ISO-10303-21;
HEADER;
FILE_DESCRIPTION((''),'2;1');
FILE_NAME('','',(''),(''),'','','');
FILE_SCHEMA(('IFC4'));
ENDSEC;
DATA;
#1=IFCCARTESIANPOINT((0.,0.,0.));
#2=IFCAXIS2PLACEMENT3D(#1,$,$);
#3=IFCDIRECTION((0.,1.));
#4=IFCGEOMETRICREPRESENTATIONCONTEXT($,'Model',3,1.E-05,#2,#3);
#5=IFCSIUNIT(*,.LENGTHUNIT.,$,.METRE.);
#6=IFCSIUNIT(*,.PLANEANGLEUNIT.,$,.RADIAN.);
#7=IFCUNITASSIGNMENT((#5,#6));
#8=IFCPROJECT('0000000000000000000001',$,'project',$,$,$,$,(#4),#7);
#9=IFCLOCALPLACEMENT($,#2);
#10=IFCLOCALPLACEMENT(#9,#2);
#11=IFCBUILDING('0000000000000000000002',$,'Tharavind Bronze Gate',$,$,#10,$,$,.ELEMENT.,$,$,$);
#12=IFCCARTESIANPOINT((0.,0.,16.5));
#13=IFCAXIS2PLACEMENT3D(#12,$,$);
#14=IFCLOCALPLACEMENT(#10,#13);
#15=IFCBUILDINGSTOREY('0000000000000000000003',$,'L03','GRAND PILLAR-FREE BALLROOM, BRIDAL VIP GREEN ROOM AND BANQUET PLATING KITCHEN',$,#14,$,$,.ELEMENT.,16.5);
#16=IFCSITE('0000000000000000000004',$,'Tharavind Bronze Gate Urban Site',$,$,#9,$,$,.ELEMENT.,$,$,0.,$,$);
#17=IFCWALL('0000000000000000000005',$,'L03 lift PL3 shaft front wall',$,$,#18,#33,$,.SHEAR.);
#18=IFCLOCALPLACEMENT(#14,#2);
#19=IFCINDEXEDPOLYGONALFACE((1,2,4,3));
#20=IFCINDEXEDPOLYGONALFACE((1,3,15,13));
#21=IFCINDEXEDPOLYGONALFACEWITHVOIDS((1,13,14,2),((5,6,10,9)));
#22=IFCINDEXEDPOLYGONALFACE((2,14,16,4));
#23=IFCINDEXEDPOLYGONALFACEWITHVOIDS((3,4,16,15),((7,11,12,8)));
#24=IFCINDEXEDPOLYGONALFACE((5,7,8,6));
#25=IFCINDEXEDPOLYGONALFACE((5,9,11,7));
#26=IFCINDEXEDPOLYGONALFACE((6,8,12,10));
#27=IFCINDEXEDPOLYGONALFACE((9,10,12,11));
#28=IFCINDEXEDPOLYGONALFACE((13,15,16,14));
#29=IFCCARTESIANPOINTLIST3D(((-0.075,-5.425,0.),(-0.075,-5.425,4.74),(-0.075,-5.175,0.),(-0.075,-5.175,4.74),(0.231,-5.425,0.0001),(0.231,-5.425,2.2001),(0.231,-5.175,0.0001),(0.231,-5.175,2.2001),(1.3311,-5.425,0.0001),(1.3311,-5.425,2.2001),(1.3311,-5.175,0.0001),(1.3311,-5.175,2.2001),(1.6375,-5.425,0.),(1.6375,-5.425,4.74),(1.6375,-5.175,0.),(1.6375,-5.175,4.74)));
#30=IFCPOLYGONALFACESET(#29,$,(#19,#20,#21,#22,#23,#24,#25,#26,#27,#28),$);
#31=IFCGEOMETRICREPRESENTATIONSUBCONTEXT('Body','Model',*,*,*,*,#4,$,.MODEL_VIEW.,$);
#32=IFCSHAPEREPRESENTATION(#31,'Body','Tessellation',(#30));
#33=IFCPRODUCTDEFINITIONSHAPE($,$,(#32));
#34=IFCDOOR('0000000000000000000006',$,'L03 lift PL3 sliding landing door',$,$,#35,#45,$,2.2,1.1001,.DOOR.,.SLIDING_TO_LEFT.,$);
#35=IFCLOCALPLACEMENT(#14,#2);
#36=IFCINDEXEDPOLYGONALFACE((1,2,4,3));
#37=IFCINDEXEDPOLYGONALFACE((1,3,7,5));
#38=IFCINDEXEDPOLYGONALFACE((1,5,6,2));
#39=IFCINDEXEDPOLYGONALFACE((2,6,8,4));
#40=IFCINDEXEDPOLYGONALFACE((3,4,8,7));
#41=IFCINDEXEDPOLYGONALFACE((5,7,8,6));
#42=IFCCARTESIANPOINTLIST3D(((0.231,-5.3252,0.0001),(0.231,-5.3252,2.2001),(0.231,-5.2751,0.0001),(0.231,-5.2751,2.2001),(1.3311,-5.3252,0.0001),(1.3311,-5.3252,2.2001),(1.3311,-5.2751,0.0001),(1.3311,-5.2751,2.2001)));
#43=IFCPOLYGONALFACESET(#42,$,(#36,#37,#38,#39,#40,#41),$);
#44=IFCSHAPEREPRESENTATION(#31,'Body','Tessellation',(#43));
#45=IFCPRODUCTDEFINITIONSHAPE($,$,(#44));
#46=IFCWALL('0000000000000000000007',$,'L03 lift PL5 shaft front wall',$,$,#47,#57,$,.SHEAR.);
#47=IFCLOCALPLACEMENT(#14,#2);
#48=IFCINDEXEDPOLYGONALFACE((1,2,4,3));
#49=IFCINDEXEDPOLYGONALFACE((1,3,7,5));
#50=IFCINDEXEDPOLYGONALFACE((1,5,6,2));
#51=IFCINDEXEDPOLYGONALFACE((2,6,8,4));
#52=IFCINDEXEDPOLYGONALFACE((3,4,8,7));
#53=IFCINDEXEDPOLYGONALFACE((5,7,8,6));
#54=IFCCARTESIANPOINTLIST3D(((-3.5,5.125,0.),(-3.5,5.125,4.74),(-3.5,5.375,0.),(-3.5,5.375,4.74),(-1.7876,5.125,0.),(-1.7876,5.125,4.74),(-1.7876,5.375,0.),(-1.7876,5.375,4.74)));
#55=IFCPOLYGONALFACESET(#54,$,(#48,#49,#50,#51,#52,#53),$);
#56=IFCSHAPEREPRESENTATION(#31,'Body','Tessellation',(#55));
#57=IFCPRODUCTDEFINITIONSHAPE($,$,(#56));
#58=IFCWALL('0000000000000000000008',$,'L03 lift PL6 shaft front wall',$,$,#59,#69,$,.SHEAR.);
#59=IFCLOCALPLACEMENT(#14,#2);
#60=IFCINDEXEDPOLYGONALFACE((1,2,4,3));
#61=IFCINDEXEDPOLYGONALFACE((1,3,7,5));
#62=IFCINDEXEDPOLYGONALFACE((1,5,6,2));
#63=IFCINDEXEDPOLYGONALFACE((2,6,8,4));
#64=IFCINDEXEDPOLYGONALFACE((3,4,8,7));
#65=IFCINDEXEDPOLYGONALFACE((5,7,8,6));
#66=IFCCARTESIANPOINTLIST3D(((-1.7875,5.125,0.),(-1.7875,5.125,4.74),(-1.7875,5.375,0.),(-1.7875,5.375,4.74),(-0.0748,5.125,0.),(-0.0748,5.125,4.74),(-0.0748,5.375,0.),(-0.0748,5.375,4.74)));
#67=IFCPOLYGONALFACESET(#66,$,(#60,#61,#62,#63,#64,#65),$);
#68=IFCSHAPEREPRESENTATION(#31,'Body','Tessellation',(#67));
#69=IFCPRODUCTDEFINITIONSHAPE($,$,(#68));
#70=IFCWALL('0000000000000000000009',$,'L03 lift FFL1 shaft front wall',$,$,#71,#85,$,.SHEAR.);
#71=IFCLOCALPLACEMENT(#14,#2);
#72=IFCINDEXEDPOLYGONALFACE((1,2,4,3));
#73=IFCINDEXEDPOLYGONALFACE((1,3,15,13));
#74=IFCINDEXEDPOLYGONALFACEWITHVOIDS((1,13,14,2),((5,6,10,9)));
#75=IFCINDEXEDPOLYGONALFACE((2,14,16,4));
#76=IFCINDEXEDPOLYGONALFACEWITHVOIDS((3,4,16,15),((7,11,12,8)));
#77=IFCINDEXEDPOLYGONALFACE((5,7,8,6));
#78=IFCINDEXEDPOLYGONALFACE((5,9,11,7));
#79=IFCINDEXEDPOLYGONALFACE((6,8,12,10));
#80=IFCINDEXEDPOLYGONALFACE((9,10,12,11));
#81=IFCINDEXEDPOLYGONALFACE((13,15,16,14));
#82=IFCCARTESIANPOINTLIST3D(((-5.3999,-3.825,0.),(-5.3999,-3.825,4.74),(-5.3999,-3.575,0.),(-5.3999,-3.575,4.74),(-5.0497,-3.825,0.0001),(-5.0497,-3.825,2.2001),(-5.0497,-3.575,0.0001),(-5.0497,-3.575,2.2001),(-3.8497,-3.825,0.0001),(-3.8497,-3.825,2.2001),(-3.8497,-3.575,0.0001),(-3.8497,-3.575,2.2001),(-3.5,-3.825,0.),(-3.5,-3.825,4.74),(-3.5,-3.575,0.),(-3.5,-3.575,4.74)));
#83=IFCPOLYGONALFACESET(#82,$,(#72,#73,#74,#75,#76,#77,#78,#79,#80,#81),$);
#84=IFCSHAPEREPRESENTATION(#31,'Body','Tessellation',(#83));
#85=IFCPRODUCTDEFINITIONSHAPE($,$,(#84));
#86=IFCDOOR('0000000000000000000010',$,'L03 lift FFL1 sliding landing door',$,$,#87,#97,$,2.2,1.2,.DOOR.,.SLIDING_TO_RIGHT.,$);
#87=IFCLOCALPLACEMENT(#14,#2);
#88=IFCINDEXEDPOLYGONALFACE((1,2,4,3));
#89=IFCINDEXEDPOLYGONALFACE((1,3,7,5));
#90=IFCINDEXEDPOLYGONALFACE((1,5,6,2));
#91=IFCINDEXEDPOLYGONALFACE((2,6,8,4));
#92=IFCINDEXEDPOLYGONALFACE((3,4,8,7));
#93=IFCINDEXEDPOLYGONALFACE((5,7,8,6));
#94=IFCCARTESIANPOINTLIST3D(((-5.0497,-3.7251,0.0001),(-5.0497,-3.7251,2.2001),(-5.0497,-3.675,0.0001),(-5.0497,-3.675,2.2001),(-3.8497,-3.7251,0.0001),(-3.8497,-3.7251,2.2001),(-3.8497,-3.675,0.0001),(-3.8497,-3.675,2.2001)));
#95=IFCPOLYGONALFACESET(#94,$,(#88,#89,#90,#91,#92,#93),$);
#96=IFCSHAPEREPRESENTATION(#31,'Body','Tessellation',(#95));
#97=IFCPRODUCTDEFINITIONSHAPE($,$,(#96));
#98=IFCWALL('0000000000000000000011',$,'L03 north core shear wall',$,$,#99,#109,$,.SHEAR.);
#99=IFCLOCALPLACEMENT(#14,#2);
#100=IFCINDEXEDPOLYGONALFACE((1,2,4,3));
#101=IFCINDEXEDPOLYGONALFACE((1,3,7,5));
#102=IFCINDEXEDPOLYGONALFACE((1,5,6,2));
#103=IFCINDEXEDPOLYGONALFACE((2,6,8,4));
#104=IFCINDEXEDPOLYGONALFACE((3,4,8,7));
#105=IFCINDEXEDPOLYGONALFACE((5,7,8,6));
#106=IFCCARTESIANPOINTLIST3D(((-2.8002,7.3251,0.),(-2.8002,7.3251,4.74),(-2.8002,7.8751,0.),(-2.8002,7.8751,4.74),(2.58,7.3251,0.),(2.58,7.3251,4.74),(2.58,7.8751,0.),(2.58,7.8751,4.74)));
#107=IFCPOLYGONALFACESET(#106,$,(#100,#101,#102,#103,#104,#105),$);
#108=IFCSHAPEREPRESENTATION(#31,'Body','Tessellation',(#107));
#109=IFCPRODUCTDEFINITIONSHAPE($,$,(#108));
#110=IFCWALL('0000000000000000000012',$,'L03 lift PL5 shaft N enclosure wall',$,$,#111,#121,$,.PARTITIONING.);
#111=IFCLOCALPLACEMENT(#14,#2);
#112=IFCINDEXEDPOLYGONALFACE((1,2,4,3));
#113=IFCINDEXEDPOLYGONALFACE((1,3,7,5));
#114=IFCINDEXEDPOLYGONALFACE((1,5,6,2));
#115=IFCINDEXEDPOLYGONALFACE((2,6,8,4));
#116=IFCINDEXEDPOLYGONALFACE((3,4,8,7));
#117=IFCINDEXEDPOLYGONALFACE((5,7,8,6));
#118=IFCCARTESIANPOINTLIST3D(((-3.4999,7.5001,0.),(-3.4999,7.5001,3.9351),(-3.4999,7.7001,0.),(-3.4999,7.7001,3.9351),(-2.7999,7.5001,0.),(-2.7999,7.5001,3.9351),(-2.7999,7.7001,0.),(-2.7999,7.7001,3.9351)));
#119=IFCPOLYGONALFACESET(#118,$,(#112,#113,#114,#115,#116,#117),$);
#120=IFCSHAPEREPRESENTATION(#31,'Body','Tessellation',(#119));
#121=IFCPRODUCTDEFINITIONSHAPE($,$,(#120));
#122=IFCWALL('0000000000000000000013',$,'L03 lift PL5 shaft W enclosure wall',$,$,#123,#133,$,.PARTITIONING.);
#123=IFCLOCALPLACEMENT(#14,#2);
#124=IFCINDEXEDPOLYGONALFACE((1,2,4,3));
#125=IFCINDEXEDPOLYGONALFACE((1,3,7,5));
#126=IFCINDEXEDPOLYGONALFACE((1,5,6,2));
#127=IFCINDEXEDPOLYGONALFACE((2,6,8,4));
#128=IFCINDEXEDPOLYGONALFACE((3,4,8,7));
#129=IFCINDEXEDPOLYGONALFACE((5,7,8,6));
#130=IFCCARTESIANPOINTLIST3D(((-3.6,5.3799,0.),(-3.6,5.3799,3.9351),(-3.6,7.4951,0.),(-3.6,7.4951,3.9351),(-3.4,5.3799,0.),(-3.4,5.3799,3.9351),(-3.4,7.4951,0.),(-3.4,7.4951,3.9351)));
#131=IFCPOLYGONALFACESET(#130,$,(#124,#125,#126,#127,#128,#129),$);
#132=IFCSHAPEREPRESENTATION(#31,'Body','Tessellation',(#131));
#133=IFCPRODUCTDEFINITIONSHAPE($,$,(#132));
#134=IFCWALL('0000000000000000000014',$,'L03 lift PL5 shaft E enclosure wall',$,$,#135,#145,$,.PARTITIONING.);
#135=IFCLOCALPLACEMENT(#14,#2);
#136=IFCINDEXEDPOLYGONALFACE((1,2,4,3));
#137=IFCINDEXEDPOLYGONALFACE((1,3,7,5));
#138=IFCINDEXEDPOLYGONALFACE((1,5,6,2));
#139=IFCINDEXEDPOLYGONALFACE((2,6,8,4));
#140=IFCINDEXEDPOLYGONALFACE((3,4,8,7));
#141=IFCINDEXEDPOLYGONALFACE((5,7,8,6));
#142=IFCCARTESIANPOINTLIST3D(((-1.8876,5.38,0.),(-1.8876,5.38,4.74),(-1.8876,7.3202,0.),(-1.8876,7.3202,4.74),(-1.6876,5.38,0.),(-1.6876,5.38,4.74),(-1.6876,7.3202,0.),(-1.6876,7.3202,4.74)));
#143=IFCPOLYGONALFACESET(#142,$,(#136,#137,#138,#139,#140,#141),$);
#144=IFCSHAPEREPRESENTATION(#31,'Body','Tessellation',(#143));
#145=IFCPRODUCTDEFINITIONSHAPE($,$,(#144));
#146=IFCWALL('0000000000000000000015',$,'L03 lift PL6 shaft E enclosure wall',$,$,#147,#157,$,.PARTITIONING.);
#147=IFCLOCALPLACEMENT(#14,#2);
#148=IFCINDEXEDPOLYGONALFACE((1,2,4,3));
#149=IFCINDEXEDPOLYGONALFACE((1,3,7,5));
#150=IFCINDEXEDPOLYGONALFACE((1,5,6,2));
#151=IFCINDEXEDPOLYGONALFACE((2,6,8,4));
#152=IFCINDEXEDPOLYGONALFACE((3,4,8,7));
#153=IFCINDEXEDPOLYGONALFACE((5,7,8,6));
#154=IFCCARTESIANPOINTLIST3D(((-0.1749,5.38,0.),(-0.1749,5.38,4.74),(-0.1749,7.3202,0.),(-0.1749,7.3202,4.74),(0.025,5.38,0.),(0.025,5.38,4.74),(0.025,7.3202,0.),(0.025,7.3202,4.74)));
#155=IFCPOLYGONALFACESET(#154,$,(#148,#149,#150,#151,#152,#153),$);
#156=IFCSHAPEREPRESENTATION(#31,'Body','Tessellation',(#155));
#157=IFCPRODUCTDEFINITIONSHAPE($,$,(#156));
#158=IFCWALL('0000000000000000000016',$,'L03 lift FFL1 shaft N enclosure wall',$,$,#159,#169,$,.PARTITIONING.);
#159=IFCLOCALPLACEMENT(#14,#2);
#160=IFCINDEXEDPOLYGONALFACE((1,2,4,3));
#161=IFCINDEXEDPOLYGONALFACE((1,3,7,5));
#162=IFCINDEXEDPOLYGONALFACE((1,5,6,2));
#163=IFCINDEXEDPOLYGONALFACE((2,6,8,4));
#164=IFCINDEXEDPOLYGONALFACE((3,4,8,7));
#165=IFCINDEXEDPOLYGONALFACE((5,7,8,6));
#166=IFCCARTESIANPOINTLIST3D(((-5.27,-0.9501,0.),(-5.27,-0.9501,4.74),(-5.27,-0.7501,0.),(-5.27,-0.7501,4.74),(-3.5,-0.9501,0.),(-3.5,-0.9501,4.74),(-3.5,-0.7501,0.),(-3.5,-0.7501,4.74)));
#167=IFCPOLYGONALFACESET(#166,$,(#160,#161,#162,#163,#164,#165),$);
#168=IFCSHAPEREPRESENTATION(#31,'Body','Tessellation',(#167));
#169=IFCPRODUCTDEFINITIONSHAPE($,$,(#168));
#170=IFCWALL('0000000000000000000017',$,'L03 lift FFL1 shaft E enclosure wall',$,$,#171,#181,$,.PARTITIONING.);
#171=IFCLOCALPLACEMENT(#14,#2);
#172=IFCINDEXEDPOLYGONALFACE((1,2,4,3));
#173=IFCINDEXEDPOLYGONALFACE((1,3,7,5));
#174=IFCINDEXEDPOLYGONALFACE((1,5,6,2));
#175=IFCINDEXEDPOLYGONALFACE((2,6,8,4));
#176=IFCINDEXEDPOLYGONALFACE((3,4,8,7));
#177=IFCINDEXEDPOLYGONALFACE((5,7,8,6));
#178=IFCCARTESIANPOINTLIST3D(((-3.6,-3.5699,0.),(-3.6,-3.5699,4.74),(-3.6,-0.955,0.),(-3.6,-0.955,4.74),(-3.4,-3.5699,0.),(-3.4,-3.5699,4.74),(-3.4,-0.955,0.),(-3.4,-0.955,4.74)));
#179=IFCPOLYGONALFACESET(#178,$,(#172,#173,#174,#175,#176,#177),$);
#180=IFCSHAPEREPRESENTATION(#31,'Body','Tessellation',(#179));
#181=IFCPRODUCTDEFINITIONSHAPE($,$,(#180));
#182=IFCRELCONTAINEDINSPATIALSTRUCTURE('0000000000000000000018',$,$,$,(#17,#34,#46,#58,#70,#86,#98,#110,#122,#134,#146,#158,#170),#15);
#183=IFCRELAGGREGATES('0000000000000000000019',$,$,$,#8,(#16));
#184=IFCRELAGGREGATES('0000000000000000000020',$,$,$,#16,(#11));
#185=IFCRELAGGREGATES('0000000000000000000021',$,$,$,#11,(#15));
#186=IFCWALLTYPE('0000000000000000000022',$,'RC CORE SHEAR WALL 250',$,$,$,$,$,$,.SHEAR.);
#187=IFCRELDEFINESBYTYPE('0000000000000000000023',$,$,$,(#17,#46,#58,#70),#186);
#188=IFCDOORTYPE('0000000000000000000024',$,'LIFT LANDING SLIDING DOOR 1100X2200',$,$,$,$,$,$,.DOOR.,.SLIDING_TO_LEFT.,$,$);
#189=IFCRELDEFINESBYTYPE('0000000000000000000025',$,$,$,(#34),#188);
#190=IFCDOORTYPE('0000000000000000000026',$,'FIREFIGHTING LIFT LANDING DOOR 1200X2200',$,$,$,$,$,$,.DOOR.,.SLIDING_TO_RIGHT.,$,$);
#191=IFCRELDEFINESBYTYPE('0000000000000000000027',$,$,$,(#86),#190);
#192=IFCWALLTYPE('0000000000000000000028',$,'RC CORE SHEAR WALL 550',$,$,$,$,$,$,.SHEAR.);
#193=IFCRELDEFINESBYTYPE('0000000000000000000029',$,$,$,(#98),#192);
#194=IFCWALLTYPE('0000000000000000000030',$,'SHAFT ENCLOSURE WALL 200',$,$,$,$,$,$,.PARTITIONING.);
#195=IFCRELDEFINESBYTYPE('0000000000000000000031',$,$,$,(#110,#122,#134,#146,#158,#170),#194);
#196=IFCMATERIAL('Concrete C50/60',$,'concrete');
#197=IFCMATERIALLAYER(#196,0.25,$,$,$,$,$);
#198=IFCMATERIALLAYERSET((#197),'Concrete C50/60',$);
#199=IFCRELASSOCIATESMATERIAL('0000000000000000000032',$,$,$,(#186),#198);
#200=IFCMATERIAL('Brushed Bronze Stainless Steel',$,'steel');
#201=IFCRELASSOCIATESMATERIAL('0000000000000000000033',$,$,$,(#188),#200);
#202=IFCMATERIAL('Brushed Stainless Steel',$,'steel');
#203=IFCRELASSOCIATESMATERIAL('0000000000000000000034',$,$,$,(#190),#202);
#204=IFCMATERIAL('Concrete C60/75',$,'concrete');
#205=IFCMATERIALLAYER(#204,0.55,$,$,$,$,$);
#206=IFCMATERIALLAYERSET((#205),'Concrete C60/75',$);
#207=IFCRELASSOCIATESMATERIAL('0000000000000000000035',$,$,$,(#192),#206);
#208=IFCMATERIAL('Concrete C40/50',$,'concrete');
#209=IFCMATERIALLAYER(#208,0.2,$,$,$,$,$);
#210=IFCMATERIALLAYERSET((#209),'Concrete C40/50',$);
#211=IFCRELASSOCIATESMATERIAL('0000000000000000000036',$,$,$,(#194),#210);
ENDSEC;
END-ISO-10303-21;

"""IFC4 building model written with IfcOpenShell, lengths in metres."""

from ifc_helpers import new_model, si_unit, direction, frame, frame_2d, origin, place, context, subcontext, project, spatial, rectangle, extrude, material, layer, layer_set, type_object, element, fill, save


model = new_model("IFC4")

# Units and contexts
model_context = context("Model", 3, precision=1e-05, world=origin(), true_north=direction((0.0, 1.0)))
body_context = subcontext(model_context, "Body", "Model", "MODEL_VIEW")
ifc_project = project(units=[si_unit("LENGTHUNIT", "METRE"), si_unit("PLANEANGLEUNIT", "RADIAN")], contexts=[model_context])

# Site, building, storey
site_placement = place(None, origin())
site = spatial("IfcSite", under=ifc_project, at=site_placement, Name="Tharavind Bronze Gate Urban Site", CompositionType="ELEMENT", RefElevation=0.0)
building_placement = place(site_placement, origin())
building = spatial("IfcBuilding", under=site, at=building_placement, Name="Tharavind Bronze Gate", CompositionType="ELEMENT")
storey_placement = place(building_placement, frame((0.0, 0.0, 16.5)))
storey = spatial("IfcBuildingStorey", under=building, at=storey_placement, Name="L03", Description="GRAND PILLAR-FREE BALLROOM, BRIDAL VIP GREEN ROOM AND BANQUET PLATING KITCHEN", CompositionType="ELEMENT", Elevation=16.5)

# Shared definitions
ifc_material_1 = material(Name="Concrete C50/60", Category="concrete")
ifc_layer_1 = layer(ifc_material_1, 0.25)
ifc_layer_set_1 = layer_set([ifc_layer_1], Name="Concrete C50/60")
wall_type_1 = type_object("IfcWallType", Name="RC CORE SHEAR WALL 250", PredefinedType="SHEAR", material=ifc_layer_set_1)

# Wall, opening, door
ifc_material_2 = material(Name="Brushed Bronze Stainless Steel", Category="steel")
door_type_1 = type_object("IfcDoorType", Name="LIFT LANDING SLIDING DOOR 1100X2200", OperationType="SLIDING_TO_LEFT", PredefinedType="DOOR", material=ifc_material_2)
wall_1_placement = place(storey_placement, frame((-0.075, -5.3, 0.0), z_axis=(0.0, 0.0, 1.0), x_axis=(1.0, 0.0, 0.0)))
wall_1 = element("IfcWall", 1, at=wall_1_placement, inside=storey, type_object=wall_type_1, Name="L03 lift PL3 shaft front wall", PredefinedType="SHEAR", context=body_context, shape_type="SweptSolid", body=[
    extrude(rectangle(XDim=1.7124, YDim=0.25, at=frame_2d((0.8562, 0.0))), origin(), (0.0, 0.0, 1.0), 4.74),
])
opening_1_placement = place(wall_1_placement, frame((0.3059, 0.0, 0.0)))
opening_1 = element("IfcOpeningElement", 2, at=opening_1_placement, cuts=wall_1, PredefinedType="OPENING", context=body_context, shape_type="SweptSolid", body=[
    extrude(rectangle(XDim=1.1001, YDim=2.2, at=frame_2d((0.55, 1.1001))), frame((0.0, 0.135, 0.0), z_axis=(0.0, -1.0, 0.0), x_axis=(1.0, 0.0, 0.0)), (0.0, 0.0, 1.0), 0.27),
])
door_1_placement = place(opening_1_placement, origin())
door_1 = element("IfcDoor", 3, at=door_1_placement, inside=storey, type_object=door_type_1, Name="L03 lift PL3 sliding landing door", OperationType="SLIDING_TO_LEFT", OverallHeight=2.2, OverallWidth=1.1001, PredefinedType="DOOR", context=body_context, shape_type="SweptSolid", body=[
    extrude(rectangle(XDim=1.1001, YDim=2.2, at=frame_2d((0.55, 1.1001))), frame((0.0, 0.0249, 0.0), z_axis=(0.0, -1.0, 0.0), x_axis=(1.0, 0.0, 0.0)), (0.0, 0.0, 1.0), 0.05),
])
fill(opening_1, door_1)

# Walls
wall_2_placement = place(storey_placement, frame((-3.5, 5.25, 0.0), z_axis=(0.0, 0.0, 1.0), x_axis=(1.0, 0.0, 0.0)))
element("IfcWall", 4, at=wall_2_placement, inside=storey, type_object=wall_type_1, Name="L03 lift PL5 shaft front wall", PredefinedType="SHEAR", context=body_context, shape_type="SweptSolid", body=[
    extrude(rectangle(XDim=1.7124, YDim=0.25, at=frame_2d((0.8562, 0.0))), origin(), (0.0, 0.0, 1.0), 4.74),
])
wall_3_placement = place(storey_placement, frame((-1.7876, 5.25, 0.0), z_axis=(0.0, 0.0, 1.0), x_axis=(1.0, 0.0, 0.0)))
element("IfcWall", 5, at=wall_3_placement, inside=storey, type_object=wall_type_1, Name="L03 lift PL6 shaft front wall", PredefinedType="SHEAR", context=body_context, shape_type="SweptSolid", body=[
    extrude(rectangle(XDim=1.7126, YDim=0.25, at=frame_2d((0.8564, 0.0))), origin(), (0.0, 0.0, 1.0), 4.74),
])

# Wall, opening, door
wall_4_placement = place(storey_placement, frame((-5.3999, -3.7, 0.0), z_axis=(0.0, 0.0, 1.0), x_axis=(1.0, 0.0, 0.0)))
wall_4 = element("IfcWall", 6, at=wall_4_placement, inside=storey, type_object=wall_type_1, Name="L03 lift FFL1 shaft front wall", PredefinedType="SHEAR", context=body_context, shape_type="SweptSolid", body=[
    extrude(rectangle(XDim=1.8999, YDim=0.25, at=frame_2d((0.95, 0.0))), origin(), (0.0, 0.0, 1.0), 4.74),
])
opening_2_placement = place(wall_4_placement, frame((0.3501, 0.0, 0.0)))
opening_2 = element("IfcOpeningElement", 7, at=opening_2_placement, cuts=wall_4, PredefinedType="OPENING", context=body_context, shape_type="SweptSolid", body=[
    extrude(rectangle(XDim=1.2, YDim=2.2, at=frame_2d((0.6001, 1.1001))), frame((0.0, 0.135, 0.0), z_axis=(0.0, -1.0, 0.0), x_axis=(1.0, 0.0, 0.0)), (0.0, 0.0, 1.0), 0.27),
])
ifc_material_3 = material(Name="Brushed Stainless Steel", Category="steel")
door_type_2 = type_object("IfcDoorType", Name="FIREFIGHTING LIFT LANDING DOOR 1200X2200", OperationType="SLIDING_TO_RIGHT", PredefinedType="DOOR", material=ifc_material_3)
door_2_placement = place(opening_2_placement, origin())
door_2 = element("IfcDoor", 8, at=door_2_placement, inside=storey, type_object=door_type_2, Name="L03 lift FFL1 sliding landing door", OperationType="SLIDING_TO_RIGHT", OverallHeight=2.2, OverallWidth=1.2, PredefinedType="DOOR", context=body_context, shape_type="SweptSolid", body=[
    extrude(rectangle(XDim=1.2, YDim=2.2, at=frame_2d((0.6001, 1.1001))), frame((0.0, 0.0249, 0.0), z_axis=(0.0, -1.0, 0.0), x_axis=(1.0, 0.0, 0.0)), (0.0, 0.0, 1.0), 0.05),
])
fill(opening_2, door_2)

# Walls
ifc_material_4 = material(Name="Concrete C60/75", Category="concrete")
ifc_layer_2 = layer(ifc_material_4, 0.55)
ifc_layer_set_2 = layer_set([ifc_layer_2], Name="Concrete C60/75")
wall_type_2 = type_object("IfcWallType", Name="RC CORE SHEAR WALL 550", PredefinedType="SHEAR", material=ifc_layer_set_2)
wall_5_placement = place(storey_placement, frame((-2.8, 7.6001, 0.0), z_axis=(0.0, 0.0, 1.0), x_axis=(1.0, 0.0, 0.0)))
element("IfcWall", 9, at=wall_5_placement, inside=storey, type_object=wall_type_2, Name="L03 north core shear wall", PredefinedType="SHEAR", context=body_context, shape_type="SweptSolid", body=[
    extrude(rectangle(XDim=5.3801, YDim=0.55, at=frame_2d((2.6899, 0.0))), origin(), (0.0, 0.0, 1.0), 4.74),
])
ifc_material_5 = material(Name="Concrete C40/50", Category="concrete")
ifc_layer_3 = layer(ifc_material_5, 0.2)
ifc_layer_set_3 = layer_set([ifc_layer_3], Name="Concrete C40/50")
wall_type_3 = type_object("IfcWallType", Name="SHAFT ENCLOSURE WALL 200", PredefinedType="PARTITIONING", material=ifc_layer_set_3)
wall_6_placement = place(storey_placement, frame((-3.5, 7.6001, 0.0), z_axis=(0.0, 0.0, 1.0), x_axis=(1.0, 0.0, 0.0)))
element("IfcWall", 10, at=wall_6_placement, inside=storey, type_object=wall_type_3, Name="L03 lift PL5 shaft N enclosure wall", PredefinedType="PARTITIONING", context=body_context, shape_type="SweptSolid", body=[
    extrude(rectangle(XDim=0.7, YDim=0.2, at=frame_2d((0.3501, 0.0))), origin(), (0.0, 0.0, 1.0), 3.9351),
])
wall_7_placement = place(storey_placement, frame((-3.5, 5.3799, 0.0), z_axis=(0.0, 0.0, 1.0), x_axis=(0.0, 1.0, 0.0)))
element("IfcWall", 11, at=wall_7_placement, inside=storey, type_object=wall_type_3, Name="L03 lift PL5 shaft W enclosure wall", PredefinedType="PARTITIONING", context=body_context, shape_type="SweptSolid", body=[
    extrude(rectangle(XDim=2.1152, YDim=0.2, at=frame_2d((1.0576, 0.0))), origin(), (0.0, 0.0, 1.0), 3.9351),
])
for number, where, z_axis, x_axis, name in (
    (12, (-1.7876, 5.3799, 0.0), (0.0, 0.0, 1.0), (0.0, 1.0, 0.0), "L03 lift PL5 shaft E enclosure wall"),
    (13, (-0.075, 5.3799, 0.0), (0.0, 0.0, 1.0), (0.0, 1.0, 0.0), "L03 lift PL6 shaft E enclosure wall"),
):
    element("IfcWall", number, at=place(storey_placement, frame(where, z_axis=z_axis, x_axis=x_axis)), inside=storey, type_object=wall_type_3, Name=name, PredefinedType="PARTITIONING", context=body_context, shape_type="SweptSolid", body=[
        extrude(rectangle(XDim=1.9402, YDim=0.2, at=frame_2d((0.9702, 0.0))), origin(), (0.0, 0.0, 1.0), 4.74),
    ])
wall_8_placement = place(storey_placement, frame((-5.27, -0.8501, 0.0), z_axis=(0.0, 0.0, 1.0), x_axis=(1.0, 0.0, 0.0)))
element("IfcWall", 14, at=wall_8_placement, inside=storey, type_object=wall_type_3, Name="L03 lift FFL1 shaft N enclosure wall", PredefinedType="PARTITIONING", context=body_context, shape_type="SweptSolid", body=[
    extrude(rectangle(XDim=1.77, YDim=0.2, at=frame_2d((0.885, 0.0))), origin(), (0.0, 0.0, 1.0), 4.74),
])
wall_9_placement = place(storey_placement, frame((-3.5, -3.5701, 0.0), z_axis=(0.0, 0.0, 1.0), x_axis=(0.0, 1.0, 0.0)))
element("IfcWall", 15, at=wall_9_placement, inside=storey, type_object=wall_type_3, Name="L03 lift FFL1 shaft E enclosure wall", PredefinedType="PARTITIONING", context=body_context, shape_type="SweptSolid", body=[
    extrude(rectangle(XDim=2.615, YDim=0.2, at=frame_2d((1.3076, 0.0))), origin(), (0.0, 0.0, 1.0), 4.74),
])

save(model, "model.ifc")
